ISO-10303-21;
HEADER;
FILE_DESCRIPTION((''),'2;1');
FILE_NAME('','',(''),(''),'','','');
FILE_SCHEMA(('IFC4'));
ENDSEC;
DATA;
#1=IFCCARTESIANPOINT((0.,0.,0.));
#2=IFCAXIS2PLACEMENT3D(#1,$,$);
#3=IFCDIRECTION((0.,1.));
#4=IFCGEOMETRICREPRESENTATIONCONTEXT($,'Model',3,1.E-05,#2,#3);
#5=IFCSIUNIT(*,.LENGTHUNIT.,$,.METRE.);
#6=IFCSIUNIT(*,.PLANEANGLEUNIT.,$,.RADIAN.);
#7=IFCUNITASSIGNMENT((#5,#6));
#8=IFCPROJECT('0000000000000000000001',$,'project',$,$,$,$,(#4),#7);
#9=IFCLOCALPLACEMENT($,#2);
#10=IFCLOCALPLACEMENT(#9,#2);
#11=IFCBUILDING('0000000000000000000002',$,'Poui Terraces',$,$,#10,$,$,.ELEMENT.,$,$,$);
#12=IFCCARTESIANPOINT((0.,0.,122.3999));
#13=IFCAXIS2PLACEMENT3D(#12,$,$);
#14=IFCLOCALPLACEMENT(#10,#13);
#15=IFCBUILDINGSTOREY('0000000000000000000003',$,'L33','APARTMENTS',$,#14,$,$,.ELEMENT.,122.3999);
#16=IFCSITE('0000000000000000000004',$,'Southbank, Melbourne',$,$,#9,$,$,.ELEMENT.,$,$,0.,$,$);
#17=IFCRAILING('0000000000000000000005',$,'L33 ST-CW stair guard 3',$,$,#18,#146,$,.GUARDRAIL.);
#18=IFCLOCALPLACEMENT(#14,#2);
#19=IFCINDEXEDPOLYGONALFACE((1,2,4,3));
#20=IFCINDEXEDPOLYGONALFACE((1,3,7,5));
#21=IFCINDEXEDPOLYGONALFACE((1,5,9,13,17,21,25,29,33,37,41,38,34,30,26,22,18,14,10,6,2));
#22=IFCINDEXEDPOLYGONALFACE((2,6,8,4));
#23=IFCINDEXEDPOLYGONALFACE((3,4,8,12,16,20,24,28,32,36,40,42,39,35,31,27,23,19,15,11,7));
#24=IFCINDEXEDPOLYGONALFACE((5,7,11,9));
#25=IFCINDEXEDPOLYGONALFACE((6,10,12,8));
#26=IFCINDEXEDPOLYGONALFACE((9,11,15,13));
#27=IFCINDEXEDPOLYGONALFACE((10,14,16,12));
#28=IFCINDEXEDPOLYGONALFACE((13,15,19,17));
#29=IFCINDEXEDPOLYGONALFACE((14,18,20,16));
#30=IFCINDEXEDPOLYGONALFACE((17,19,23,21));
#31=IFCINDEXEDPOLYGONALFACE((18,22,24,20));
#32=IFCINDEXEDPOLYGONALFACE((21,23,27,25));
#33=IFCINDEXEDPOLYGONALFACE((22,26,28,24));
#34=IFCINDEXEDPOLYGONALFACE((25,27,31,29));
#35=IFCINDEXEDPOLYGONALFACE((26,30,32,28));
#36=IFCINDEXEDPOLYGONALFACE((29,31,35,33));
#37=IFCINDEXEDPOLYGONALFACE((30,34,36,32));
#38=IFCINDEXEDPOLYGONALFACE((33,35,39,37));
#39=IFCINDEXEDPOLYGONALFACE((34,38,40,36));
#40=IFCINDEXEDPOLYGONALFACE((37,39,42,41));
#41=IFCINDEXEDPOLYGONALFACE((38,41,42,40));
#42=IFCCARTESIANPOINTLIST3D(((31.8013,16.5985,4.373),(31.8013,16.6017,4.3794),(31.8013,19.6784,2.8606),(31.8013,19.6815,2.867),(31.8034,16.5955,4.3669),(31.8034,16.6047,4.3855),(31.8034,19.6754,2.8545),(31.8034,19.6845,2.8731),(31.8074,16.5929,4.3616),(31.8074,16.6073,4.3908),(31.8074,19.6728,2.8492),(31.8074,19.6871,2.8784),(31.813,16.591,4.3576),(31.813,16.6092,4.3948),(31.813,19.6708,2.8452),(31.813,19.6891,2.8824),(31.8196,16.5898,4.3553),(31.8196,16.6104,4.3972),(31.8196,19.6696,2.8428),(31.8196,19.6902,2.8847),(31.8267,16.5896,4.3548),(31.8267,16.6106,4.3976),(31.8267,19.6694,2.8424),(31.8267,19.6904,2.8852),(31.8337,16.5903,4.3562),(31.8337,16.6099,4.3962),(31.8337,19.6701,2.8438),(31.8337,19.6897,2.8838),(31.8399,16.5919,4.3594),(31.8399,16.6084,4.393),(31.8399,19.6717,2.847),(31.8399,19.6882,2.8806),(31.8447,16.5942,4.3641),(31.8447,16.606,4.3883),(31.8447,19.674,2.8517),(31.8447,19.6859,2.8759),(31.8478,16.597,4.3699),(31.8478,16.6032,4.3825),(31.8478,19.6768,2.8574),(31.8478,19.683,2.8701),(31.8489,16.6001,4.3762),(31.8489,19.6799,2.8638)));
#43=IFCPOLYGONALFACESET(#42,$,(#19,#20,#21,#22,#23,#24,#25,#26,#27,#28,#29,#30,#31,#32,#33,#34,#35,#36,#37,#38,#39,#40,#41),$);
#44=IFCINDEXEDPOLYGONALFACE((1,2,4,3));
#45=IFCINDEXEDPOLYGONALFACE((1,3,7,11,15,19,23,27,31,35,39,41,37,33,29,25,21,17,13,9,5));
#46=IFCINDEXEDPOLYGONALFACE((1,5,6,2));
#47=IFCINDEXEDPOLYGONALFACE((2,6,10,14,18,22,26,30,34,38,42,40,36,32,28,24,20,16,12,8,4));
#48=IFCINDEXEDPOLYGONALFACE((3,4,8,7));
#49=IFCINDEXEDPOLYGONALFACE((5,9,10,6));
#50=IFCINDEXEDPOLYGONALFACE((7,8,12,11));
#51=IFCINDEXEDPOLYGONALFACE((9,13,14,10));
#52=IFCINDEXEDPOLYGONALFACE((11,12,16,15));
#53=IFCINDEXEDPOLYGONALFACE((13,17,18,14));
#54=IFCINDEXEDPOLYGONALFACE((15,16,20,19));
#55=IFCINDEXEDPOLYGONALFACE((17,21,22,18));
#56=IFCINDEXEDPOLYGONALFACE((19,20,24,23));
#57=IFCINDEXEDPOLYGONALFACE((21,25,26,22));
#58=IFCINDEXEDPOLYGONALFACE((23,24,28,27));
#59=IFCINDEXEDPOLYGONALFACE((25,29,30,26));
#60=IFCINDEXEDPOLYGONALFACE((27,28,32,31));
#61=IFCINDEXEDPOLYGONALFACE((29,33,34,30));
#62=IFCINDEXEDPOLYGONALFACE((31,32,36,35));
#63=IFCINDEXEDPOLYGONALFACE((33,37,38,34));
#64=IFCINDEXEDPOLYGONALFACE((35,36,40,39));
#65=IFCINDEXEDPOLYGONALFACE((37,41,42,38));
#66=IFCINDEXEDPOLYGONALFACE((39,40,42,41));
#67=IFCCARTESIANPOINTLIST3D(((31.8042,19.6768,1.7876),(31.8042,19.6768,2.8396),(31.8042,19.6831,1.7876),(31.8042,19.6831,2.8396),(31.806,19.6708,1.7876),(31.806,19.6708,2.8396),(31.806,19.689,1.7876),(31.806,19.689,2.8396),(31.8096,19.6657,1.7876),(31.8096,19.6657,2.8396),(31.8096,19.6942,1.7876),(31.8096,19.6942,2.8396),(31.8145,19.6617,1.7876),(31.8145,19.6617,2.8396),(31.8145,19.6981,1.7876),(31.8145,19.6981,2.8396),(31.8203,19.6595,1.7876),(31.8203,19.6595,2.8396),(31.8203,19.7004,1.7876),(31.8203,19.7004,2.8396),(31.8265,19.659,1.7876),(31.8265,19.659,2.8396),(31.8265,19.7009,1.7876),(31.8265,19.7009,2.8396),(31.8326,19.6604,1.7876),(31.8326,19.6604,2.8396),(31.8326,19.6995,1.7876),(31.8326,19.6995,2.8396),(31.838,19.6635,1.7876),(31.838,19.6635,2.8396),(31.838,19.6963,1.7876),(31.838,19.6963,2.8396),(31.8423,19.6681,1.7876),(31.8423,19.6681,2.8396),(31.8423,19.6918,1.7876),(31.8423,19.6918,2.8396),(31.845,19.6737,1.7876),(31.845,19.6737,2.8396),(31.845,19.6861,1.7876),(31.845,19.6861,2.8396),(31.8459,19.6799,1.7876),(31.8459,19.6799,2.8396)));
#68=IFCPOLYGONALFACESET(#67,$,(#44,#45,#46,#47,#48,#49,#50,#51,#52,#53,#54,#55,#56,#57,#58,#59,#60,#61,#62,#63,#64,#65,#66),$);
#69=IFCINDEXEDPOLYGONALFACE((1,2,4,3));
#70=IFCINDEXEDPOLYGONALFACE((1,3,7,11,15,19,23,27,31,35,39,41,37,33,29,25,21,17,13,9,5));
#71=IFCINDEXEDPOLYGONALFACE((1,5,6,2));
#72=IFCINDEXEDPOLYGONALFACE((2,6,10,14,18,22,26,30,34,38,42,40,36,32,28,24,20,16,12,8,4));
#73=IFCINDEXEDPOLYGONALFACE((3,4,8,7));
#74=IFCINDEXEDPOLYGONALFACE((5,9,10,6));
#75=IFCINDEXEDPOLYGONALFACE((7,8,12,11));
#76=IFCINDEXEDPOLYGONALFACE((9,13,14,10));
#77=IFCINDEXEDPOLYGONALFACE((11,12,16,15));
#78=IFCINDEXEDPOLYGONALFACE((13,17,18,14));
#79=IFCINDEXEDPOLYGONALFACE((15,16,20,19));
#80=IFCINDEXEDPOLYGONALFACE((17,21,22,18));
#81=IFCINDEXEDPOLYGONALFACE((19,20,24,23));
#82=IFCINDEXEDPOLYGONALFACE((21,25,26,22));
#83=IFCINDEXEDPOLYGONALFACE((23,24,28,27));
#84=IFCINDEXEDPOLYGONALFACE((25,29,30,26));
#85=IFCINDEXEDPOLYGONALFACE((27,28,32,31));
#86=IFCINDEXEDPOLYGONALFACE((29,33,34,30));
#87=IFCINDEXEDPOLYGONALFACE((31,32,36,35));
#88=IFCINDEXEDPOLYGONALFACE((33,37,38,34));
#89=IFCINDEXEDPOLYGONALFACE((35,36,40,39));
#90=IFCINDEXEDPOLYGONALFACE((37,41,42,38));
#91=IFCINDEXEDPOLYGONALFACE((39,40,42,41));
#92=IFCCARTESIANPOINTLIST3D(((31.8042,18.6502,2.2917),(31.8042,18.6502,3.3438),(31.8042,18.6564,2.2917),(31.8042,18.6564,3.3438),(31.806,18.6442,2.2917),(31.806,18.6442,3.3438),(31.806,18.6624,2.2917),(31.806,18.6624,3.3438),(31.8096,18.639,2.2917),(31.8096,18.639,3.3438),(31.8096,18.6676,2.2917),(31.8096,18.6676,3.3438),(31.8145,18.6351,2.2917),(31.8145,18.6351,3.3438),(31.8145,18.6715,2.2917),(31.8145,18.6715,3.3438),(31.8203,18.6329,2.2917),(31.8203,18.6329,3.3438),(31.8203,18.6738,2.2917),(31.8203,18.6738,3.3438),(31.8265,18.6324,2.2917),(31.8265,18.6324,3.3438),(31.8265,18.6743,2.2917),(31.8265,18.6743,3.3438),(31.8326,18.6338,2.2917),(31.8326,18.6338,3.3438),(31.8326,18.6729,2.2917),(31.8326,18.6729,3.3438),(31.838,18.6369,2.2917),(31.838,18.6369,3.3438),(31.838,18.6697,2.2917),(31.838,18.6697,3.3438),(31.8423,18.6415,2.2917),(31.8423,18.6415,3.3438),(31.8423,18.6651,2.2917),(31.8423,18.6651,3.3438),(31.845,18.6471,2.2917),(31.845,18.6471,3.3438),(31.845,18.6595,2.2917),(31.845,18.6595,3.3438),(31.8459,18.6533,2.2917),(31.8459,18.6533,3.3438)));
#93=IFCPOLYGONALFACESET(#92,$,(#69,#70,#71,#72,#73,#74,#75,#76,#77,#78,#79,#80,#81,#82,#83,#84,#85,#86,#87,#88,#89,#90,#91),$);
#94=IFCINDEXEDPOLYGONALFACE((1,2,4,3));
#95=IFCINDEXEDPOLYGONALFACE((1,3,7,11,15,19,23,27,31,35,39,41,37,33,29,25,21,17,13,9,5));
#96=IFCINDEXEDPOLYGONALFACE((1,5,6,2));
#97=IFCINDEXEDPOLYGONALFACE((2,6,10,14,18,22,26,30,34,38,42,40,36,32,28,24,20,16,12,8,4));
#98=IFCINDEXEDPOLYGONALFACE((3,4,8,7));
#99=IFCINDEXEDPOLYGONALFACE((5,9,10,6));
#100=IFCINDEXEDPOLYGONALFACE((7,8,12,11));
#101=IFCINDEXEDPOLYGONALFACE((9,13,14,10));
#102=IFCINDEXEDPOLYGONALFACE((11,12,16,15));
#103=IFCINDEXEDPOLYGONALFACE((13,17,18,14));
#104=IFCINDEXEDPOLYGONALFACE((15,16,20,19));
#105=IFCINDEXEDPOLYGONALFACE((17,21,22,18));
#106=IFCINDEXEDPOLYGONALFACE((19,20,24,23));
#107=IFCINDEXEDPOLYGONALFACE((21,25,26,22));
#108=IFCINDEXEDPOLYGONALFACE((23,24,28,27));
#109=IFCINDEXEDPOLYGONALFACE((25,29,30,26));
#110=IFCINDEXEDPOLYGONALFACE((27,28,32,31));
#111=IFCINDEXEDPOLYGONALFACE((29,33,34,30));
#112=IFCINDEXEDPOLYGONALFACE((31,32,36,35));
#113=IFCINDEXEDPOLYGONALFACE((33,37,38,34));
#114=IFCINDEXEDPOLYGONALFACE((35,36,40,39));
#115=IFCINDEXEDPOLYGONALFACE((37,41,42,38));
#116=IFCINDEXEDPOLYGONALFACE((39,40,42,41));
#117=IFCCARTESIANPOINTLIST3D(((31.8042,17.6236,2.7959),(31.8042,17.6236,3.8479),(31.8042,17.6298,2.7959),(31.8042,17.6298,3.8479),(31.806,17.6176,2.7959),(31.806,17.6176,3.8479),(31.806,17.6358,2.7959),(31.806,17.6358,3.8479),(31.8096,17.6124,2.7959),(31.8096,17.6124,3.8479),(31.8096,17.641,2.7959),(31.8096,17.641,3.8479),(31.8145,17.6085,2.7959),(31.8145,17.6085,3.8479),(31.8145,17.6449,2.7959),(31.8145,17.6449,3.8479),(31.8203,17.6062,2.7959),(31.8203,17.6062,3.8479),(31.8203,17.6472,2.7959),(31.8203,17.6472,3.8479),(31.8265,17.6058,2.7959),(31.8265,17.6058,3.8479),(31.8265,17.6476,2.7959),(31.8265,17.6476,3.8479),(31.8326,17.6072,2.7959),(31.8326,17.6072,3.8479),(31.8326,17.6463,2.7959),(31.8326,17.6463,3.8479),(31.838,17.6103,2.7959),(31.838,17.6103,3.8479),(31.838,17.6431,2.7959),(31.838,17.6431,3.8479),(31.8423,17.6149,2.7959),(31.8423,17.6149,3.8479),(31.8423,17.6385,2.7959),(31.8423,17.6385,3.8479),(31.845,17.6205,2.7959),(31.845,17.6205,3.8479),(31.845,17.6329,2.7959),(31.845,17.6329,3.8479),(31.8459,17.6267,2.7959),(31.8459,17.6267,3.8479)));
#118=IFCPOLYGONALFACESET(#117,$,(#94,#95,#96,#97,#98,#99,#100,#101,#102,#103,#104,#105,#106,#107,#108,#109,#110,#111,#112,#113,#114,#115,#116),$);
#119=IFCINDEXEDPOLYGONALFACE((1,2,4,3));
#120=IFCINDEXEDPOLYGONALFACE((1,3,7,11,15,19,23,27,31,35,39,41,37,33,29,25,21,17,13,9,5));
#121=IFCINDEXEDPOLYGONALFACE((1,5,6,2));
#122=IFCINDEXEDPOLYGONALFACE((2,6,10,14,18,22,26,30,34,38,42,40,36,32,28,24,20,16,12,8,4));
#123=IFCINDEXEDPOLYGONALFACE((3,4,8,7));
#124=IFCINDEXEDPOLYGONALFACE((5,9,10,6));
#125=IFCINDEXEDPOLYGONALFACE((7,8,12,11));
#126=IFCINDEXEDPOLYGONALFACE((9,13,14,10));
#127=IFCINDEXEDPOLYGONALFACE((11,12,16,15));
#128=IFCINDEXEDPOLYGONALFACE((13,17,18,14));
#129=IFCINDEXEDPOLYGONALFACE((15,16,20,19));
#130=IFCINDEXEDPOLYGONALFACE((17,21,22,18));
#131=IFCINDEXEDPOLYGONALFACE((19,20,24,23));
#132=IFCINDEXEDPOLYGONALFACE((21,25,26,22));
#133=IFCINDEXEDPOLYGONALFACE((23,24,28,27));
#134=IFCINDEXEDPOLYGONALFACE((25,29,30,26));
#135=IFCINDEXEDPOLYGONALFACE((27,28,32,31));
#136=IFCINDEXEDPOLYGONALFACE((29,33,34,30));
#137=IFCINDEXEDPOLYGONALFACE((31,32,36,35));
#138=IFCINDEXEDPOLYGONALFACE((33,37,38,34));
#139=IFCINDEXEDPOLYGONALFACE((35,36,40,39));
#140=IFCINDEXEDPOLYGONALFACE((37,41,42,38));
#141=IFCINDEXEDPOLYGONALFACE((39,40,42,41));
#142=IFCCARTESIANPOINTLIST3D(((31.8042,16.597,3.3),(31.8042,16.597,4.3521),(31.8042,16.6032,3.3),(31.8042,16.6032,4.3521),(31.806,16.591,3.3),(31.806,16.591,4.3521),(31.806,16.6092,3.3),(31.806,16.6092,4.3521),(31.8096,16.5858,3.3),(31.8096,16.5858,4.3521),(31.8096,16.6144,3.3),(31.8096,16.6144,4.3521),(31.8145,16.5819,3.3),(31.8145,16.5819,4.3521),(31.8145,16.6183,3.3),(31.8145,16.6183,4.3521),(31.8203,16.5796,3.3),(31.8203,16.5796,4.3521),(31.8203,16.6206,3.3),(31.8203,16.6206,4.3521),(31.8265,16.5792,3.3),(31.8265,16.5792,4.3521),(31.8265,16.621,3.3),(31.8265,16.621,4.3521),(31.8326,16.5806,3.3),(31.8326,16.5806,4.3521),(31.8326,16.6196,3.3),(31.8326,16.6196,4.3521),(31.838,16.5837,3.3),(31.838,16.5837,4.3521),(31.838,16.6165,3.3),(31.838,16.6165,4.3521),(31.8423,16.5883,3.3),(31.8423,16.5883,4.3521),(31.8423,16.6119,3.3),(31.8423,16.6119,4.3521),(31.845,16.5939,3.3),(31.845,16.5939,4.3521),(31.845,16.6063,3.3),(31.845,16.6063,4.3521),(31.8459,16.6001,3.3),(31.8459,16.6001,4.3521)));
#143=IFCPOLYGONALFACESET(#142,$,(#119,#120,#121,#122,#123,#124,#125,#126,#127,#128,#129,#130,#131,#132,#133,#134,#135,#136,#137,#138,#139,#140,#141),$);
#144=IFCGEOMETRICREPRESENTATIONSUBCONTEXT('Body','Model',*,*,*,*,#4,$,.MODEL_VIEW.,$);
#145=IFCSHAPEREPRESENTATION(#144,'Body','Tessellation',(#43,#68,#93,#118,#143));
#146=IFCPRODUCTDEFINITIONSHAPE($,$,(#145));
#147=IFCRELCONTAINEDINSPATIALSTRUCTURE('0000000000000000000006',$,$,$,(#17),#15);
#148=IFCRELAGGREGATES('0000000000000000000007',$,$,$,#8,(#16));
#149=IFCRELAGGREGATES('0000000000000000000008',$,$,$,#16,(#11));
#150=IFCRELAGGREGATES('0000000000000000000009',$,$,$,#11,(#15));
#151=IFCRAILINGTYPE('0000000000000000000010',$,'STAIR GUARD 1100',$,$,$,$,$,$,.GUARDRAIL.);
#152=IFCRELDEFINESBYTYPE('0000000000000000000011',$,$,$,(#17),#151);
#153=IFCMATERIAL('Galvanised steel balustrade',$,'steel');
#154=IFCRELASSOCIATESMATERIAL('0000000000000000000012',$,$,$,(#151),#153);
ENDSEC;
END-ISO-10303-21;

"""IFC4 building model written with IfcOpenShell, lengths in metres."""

from ifc_helpers import new_model, si_unit, direction, frame, origin, origin_2d, place, context, subcontext, project, spatial, circle, extrude, material, type_object, element, save


model = new_model("IFC4")

# Units and contexts
model_context = context("Model", 3, precision=1e-05, world=origin(), true_north=direction((0.0, 1.0)))
body_context = subcontext(model_context, "Body", "Model", "MODEL_VIEW")
ifc_project = project(units=[si_unit("LENGTHUNIT", "METRE"), si_unit("PLANEANGLEUNIT", "RADIAN")], contexts=[model_context])

# Site, building, storey
site_placement = place(None, origin())
site = spatial("IfcSite", under=ifc_project, at=site_placement, Name="Southbank, Melbourne", CompositionType="ELEMENT", RefElevation=0.0)
building_placement = place(site_placement, origin())
building = spatial("IfcBuilding", under=site, at=building_placement, Name="Poui Terraces", CompositionType="ELEMENT")
storey_placement = place(building_placement, frame((0.0, 0.0, 122.3999)))
storey = spatial("IfcBuildingStorey", under=building, at=storey_placement, Name="L33", Description="APARTMENTS", CompositionType="ELEMENT", Elevation=122.3999)

# Railing
ifc_material_1 = material(Name="Galvanised steel balustrade", Category="steel")
railing_type_1 = type_object("IfcRailingType", Name="STAIR GUARD 1100", PredefinedType="GUARDRAIL", material=ifc_material_1)
railing_1_placement = place(storey_placement, frame((31.825, 19.6799, 1.7876)))
element("IfcRailing", 1, at=railing_1_placement, inside=storey, type_object=railing_type_1, Name="L33 ST-CW stair guard 3", PredefinedType="GUARDRAIL", context=body_context, shape_type="SweptSolid", body=[
    extrude(circle(Radius=0.0239, at=origin_2d()), frame((0.0, 0.0, 1.0762), z_axis=(0.0, -0.897606, 0.440798), x_axis=(1.0, 0.0, 0.0)), (0.0, 0.0, 1.0), 3.4312),
    extrude(circle(Radius=0.021, at=origin_2d()), origin(), (0.0, 0.0, 1.0), 1.052),
    extrude(circle(Radius=0.021, at=origin_2d()), frame((0.0, -1.0266, 0.5042)), (0.0, 0.0, 1.0), 1.052),
    extrude(circle(Radius=0.021, at=origin_2d()), frame((0.0, -2.0532, 1.0083)), (0.0, 0.0, 1.0), 1.052),
    extrude(circle(Radius=0.021, at=origin_2d()), frame((0.0, -3.0798, 1.5125)), (0.0, 0.0, 1.0), 1.052),
])

save(model, "model.ifc")
